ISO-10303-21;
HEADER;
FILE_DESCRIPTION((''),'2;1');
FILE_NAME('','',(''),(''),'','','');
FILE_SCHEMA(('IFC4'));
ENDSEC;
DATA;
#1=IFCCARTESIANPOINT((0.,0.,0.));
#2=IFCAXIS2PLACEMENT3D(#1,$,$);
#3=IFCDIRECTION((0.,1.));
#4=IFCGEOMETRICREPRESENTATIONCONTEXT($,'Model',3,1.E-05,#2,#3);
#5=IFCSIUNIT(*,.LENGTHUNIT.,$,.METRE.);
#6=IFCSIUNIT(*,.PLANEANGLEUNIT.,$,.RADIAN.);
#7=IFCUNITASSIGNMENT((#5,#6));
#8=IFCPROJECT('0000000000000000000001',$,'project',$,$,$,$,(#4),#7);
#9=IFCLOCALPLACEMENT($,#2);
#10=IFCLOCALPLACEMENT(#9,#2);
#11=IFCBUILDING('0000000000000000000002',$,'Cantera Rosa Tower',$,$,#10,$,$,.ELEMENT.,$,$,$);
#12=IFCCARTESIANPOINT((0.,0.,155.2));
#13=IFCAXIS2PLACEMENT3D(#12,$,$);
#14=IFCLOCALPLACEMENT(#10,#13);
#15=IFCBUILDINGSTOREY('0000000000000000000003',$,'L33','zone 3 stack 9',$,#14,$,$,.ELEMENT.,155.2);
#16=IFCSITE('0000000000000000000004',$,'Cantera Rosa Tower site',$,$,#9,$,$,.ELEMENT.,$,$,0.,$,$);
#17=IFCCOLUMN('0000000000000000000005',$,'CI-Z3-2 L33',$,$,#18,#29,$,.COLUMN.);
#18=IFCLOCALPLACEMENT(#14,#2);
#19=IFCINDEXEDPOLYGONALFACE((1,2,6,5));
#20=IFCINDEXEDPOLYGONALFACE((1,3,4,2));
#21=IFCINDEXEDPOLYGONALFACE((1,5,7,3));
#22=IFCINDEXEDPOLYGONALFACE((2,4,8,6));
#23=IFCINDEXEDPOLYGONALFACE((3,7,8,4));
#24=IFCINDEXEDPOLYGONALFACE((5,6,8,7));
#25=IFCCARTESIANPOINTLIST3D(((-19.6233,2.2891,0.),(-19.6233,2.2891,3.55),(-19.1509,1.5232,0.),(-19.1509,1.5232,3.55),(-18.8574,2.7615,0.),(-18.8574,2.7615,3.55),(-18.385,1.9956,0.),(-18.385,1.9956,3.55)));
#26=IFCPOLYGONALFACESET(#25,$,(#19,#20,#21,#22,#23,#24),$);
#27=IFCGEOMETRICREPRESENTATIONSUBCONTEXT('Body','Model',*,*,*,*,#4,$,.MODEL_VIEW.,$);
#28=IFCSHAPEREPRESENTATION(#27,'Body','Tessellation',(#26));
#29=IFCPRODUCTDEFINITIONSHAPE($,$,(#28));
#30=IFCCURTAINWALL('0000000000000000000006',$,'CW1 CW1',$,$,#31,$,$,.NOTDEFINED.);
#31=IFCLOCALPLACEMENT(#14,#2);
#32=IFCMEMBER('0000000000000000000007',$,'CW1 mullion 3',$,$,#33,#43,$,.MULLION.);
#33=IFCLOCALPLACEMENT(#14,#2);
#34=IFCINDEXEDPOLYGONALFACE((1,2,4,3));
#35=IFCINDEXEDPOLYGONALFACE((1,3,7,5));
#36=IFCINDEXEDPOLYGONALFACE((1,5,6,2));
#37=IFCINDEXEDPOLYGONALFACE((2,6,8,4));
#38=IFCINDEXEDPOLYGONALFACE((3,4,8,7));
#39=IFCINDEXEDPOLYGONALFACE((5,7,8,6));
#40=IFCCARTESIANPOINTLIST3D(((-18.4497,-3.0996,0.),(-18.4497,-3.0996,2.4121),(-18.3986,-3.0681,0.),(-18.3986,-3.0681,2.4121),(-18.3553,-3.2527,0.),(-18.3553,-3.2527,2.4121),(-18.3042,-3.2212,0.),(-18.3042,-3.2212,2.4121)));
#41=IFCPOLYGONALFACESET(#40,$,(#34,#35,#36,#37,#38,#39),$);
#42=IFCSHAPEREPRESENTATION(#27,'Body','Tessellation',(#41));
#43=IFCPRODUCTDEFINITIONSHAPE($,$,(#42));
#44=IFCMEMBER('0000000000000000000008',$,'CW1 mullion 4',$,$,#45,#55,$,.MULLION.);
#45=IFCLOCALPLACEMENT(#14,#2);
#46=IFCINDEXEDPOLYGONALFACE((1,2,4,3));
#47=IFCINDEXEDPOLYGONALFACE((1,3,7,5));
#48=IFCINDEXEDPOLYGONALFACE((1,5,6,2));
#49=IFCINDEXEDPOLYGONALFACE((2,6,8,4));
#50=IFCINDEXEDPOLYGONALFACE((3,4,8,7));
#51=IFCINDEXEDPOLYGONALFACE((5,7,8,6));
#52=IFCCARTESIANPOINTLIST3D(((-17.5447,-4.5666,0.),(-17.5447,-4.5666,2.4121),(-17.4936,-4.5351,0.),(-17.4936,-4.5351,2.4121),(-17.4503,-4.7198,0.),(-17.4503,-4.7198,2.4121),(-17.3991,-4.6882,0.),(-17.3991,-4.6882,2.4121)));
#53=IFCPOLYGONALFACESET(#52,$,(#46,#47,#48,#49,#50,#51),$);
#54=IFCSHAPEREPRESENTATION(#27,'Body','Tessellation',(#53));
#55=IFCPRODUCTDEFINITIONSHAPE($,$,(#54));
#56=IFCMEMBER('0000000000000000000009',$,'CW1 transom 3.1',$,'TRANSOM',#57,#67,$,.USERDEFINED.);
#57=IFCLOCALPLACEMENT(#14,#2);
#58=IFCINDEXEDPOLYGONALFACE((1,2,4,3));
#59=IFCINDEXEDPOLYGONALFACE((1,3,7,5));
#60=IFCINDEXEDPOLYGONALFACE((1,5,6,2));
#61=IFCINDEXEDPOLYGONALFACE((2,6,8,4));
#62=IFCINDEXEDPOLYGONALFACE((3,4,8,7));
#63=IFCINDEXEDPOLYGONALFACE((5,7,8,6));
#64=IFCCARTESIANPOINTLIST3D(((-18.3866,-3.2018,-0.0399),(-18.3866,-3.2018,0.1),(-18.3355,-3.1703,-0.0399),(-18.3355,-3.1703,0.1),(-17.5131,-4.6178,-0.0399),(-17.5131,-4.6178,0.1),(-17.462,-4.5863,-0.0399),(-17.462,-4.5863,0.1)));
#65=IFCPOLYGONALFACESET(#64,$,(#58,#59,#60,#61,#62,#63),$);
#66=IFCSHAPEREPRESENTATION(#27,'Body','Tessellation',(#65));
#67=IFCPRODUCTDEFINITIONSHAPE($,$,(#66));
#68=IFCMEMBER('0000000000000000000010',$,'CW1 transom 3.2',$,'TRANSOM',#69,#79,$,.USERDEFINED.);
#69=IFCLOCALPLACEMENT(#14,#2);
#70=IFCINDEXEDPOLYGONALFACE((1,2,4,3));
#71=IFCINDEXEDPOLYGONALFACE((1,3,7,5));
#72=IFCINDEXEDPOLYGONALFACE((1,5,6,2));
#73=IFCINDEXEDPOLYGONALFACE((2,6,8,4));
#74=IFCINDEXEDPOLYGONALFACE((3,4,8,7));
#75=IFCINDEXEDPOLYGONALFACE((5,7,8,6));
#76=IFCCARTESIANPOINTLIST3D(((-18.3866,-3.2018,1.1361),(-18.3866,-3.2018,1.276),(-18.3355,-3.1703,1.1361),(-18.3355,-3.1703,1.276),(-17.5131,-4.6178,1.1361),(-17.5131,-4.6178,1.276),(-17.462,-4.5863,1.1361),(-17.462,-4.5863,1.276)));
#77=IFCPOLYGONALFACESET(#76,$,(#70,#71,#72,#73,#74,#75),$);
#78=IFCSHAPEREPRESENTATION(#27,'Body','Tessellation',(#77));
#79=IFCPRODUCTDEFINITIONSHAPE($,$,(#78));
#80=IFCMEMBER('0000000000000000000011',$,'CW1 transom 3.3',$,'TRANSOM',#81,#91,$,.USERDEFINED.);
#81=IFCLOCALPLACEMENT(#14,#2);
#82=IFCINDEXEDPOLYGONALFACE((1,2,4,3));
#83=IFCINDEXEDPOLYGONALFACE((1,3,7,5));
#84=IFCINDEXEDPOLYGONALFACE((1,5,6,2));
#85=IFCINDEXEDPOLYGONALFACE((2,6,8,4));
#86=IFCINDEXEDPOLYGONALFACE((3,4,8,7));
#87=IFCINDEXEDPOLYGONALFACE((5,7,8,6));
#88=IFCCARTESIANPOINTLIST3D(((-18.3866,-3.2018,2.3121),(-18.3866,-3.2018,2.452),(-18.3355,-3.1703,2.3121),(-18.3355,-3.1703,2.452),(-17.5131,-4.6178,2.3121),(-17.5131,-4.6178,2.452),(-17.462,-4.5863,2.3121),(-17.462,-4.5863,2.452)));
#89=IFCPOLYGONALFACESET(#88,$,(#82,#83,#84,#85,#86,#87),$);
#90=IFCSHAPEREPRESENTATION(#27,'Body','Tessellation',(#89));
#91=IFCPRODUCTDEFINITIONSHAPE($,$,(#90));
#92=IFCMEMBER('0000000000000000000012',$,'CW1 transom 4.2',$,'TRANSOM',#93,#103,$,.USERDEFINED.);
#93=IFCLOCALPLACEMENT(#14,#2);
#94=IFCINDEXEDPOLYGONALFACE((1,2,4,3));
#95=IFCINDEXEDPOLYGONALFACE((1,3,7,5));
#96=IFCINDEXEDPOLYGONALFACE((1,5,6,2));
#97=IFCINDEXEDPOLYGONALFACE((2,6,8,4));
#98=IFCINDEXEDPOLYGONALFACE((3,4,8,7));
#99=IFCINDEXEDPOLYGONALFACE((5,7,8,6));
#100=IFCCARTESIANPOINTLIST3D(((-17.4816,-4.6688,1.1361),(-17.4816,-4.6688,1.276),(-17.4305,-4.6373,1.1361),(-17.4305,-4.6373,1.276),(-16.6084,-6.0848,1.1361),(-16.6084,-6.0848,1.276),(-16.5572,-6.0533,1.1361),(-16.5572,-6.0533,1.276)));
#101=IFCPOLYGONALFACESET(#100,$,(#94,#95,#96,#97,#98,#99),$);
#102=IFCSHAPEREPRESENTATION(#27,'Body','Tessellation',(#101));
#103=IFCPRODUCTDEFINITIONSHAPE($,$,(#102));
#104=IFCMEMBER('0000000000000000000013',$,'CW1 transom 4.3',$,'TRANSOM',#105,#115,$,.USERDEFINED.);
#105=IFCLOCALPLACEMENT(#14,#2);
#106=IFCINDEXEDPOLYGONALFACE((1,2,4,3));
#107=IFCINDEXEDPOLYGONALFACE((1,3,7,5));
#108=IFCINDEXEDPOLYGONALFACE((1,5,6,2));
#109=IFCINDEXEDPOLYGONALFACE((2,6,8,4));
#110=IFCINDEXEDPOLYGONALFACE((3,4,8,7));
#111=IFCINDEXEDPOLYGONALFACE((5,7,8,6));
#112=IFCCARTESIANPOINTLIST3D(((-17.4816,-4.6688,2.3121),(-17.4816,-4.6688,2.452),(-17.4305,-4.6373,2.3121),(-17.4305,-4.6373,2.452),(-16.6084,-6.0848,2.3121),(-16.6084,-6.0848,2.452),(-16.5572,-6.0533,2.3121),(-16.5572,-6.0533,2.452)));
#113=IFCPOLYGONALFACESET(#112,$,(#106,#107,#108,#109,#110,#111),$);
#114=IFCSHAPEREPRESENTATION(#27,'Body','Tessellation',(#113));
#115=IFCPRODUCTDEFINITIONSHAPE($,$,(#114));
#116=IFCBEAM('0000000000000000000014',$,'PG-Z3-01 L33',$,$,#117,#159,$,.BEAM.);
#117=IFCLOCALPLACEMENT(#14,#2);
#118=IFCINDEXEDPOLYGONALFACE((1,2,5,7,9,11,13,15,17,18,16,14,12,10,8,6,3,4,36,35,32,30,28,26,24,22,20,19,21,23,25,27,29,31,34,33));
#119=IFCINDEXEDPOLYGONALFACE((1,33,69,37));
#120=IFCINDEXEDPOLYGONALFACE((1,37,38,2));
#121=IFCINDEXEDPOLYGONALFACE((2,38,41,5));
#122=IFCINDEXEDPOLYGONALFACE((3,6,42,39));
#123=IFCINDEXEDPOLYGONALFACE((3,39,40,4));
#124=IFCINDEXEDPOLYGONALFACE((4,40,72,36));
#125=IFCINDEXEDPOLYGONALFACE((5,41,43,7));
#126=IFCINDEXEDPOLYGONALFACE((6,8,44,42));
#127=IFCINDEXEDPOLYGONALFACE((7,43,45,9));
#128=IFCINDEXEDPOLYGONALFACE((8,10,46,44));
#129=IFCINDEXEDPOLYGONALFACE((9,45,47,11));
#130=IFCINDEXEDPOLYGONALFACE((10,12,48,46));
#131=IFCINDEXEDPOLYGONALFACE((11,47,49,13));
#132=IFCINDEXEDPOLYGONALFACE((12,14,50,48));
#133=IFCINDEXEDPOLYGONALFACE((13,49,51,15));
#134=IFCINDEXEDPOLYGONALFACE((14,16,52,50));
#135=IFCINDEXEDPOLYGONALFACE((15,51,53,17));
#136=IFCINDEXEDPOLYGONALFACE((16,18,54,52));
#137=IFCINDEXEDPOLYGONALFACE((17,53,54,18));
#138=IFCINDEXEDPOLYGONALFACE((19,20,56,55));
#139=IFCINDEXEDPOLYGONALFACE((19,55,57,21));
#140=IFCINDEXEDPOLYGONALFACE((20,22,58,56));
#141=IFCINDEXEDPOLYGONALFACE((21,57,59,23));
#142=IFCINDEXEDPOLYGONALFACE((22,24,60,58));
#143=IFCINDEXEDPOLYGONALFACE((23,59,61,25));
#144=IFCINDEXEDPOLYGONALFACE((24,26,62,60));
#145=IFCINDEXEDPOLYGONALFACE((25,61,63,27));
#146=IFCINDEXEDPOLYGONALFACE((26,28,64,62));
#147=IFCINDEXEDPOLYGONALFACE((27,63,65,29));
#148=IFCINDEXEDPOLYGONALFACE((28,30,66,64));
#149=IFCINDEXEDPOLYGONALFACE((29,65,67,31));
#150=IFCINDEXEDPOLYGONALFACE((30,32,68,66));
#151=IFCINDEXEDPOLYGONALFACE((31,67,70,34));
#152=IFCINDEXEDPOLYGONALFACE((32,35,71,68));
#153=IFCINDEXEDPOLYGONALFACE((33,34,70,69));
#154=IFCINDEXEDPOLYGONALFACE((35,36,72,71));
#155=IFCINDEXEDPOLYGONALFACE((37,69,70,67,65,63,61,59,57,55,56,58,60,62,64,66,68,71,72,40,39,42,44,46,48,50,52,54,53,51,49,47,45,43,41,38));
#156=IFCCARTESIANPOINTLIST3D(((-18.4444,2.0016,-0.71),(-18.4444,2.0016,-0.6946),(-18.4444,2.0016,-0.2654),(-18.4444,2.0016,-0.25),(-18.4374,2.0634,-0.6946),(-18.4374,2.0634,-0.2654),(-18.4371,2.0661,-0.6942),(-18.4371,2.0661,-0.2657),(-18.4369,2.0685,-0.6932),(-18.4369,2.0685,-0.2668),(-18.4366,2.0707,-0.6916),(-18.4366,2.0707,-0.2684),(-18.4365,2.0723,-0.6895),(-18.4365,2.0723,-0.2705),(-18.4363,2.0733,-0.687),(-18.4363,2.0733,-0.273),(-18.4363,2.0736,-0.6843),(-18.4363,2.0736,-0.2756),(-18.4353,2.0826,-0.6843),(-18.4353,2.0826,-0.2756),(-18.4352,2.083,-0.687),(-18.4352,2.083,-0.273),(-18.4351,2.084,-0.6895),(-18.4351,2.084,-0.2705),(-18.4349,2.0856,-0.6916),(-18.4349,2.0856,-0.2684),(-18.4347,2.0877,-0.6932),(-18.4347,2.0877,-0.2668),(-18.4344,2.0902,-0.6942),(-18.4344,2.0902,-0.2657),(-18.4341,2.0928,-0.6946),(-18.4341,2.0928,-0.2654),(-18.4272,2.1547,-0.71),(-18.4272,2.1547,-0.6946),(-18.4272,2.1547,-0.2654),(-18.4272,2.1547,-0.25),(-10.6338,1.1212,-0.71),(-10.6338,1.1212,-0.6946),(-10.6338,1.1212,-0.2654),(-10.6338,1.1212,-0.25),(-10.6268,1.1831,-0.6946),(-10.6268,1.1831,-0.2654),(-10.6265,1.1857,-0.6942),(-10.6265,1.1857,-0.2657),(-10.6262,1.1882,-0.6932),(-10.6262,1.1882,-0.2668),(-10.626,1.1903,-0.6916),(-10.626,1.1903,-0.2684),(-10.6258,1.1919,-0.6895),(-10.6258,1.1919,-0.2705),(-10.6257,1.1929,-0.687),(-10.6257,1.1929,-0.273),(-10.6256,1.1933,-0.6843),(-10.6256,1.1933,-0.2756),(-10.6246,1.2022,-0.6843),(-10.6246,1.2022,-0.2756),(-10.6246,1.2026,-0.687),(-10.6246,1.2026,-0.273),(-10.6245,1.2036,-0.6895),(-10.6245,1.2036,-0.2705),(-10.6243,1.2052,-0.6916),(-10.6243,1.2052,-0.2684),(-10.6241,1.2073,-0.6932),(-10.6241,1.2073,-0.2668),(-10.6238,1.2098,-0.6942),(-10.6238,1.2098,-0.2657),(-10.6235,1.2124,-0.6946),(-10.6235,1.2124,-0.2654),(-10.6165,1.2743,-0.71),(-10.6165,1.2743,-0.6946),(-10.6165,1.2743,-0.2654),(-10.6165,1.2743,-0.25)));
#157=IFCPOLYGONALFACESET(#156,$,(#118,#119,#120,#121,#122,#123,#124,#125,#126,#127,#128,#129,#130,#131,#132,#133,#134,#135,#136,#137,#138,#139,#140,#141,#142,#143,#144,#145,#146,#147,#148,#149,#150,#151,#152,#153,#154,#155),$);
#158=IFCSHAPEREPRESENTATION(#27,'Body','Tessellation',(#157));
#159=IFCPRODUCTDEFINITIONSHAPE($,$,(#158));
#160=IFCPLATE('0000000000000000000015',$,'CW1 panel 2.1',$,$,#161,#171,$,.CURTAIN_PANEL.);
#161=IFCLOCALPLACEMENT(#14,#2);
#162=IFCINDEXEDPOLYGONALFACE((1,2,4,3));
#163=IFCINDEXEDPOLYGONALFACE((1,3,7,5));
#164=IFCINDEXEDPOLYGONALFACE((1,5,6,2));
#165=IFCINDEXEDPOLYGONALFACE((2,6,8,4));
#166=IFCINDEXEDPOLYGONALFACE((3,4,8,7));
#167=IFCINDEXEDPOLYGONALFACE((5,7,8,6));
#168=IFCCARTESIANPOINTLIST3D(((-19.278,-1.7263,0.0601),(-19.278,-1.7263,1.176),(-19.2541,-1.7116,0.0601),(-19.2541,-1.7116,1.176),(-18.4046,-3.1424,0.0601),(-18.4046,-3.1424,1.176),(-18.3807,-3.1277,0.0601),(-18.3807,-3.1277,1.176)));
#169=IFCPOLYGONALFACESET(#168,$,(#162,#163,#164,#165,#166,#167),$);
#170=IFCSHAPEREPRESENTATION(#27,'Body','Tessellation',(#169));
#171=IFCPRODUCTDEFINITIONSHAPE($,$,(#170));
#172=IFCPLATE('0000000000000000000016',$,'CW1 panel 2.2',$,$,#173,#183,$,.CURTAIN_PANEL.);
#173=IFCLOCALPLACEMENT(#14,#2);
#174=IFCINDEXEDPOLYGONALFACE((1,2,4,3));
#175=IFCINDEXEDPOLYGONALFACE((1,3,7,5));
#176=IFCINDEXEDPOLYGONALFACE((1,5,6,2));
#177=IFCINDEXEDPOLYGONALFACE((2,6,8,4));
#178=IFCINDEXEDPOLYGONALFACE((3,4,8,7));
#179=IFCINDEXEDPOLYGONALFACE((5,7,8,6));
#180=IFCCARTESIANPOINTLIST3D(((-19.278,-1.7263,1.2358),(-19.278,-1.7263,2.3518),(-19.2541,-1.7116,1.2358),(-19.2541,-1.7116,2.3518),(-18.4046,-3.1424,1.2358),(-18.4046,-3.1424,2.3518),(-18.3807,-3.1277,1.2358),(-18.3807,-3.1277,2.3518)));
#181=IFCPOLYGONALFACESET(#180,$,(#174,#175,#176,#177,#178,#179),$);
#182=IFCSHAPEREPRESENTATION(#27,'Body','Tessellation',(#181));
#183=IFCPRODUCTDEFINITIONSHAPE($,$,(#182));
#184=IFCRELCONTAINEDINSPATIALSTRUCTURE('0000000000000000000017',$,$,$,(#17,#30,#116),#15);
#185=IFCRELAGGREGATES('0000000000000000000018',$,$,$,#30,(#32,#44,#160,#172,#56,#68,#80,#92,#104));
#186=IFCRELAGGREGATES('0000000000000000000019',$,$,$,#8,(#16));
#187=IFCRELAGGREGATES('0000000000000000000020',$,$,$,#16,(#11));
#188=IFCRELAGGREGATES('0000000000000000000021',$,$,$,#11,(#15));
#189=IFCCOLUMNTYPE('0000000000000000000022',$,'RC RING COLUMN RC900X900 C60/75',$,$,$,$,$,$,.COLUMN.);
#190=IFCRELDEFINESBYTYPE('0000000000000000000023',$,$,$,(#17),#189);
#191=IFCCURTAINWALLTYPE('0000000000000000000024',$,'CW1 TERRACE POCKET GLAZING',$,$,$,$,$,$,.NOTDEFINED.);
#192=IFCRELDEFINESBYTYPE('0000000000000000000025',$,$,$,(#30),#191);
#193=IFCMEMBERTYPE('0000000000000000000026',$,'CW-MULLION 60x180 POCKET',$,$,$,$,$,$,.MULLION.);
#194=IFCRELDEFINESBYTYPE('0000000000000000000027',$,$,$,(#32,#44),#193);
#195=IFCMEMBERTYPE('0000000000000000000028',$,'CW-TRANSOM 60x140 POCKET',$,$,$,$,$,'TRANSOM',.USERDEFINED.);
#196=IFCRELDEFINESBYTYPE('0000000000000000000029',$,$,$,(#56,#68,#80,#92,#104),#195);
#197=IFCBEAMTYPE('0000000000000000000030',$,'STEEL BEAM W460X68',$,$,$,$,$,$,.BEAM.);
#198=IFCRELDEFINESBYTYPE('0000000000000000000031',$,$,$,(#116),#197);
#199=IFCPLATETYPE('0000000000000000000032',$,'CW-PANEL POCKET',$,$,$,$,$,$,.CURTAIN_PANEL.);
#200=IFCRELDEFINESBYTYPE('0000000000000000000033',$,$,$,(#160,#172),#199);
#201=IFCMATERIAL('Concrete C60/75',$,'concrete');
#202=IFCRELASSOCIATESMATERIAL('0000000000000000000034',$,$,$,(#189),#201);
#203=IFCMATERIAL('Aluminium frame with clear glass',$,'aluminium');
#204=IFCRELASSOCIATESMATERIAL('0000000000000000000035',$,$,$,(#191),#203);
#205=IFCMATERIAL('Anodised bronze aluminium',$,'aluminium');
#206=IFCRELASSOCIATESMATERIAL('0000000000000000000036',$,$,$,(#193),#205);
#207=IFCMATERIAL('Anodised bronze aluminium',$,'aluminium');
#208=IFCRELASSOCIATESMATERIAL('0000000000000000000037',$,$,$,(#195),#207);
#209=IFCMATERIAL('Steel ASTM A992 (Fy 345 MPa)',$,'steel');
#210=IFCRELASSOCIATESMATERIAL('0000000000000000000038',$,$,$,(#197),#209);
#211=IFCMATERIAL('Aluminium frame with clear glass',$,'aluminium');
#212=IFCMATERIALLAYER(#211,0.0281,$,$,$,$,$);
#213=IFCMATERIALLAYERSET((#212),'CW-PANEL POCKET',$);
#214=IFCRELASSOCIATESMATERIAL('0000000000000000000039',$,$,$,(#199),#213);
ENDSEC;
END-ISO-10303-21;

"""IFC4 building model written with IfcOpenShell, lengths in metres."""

from ifc_helpers import new_model, si_unit, direction, frame, origin, origin_2d, place, context, subcontext, project, spatial, rectangle, i_section, extrude, material, layer, layer_set, material_profile, profile_set, type_object, element, aggregate, save


model = new_model("IFC4")

# Units and contexts
model_context = context("Model", 3, precision=1e-05, world=origin(), true_north=direction((0.0, 1.0)))
body_context = subcontext(model_context, "Body", "Model", "MODEL_VIEW")
ifc_project = project(units=[si_unit("LENGTHUNIT", "METRE"), si_unit("PLANEANGLEUNIT", "RADIAN")], contexts=[model_context])

# Site, building, storey
site_placement = place(None, origin())
site = spatial("IfcSite", under=ifc_project, at=site_placement, Name="Cantera Rosa Tower site", CompositionType="ELEMENT", RefElevation=0.0)
building_placement = place(site_placement, origin())
building = spatial("IfcBuilding", under=site, at=building_placement, Name="Cantera Rosa Tower", CompositionType="ELEMENT")
storey_placement = place(building_placement, frame((0.0, 0.0, 155.2)))
storey = spatial("IfcBuildingStorey", under=building, at=storey_placement, Name="L33", Description="zone 3 stack 9", CompositionType="ELEMENT", Elevation=155.2)

# Column
ifc_material_1 = material(Name="Concrete C60/75", Category="concrete")
ifc_material_profile_1 = material_profile(ifc_material_1, rectangle(XDim=0.8999, YDim=0.8999, at=origin_2d()), Name="RC RING COLUMN RC900X900 C60/75")
ifc_profile_set_1 = profile_set([ifc_material_profile_1], Name="Concrete C60/75")
column_type = type_object("IfcColumnType", Name="RC RING COLUMN RC900X900 C60/75", PredefinedType="COLUMN", material=ifc_profile_set_1)
column_placement = place(storey_placement, frame((-19.0042, 2.1423, 0.0), z_axis=(0.0, 0.0, 1.0), x_axis=(0.851117, 0.524977, 0.0)))
element("IfcColumn", 1, at=column_placement, inside=storey, type_object=column_type, Name="CI-Z3-2 L33", PredefinedType="COLUMN", context=body_context, shape_type="SweptSolid", body=[
    extrude(rectangle(XDim=0.8999, YDim=0.8999, at=origin_2d()), origin(), (0.0, 0.0, 1.0), 3.55),
])

# Curtain wall, members
ifc_material_2 = material(Name="Aluminium frame with clear glass", Category="aluminium")
curtain_wall_type = type_object("IfcCurtainWallType", Name="CW1 TERRACE POCKET GLAZING", PredefinedType="NOTDEFINED", material=ifc_material_2)
curtain_wall_placement = place(storey_placement, origin())
curtain_wall = element("IfcCurtainWall", 2, at=curtain_wall_placement, inside=storey, type_object=curtain_wall_type, Name="CW1 CW1", PredefinedType="NOTDEFINED")
ifc_material_3 = material(Name="Anodised bronze aluminium", Category="aluminium")
ifc_material_profile_2 = material_profile(ifc_material_3, rectangle(XDim=0.0601, YDim=0.1799, at=origin_2d()), Name="CW-MULLION 60x180 POCKET")
ifc_profile_set_2 = profile_set([ifc_material_profile_2], Name="Anodised bronze aluminium")
member_type_1 = type_object("IfcMemberType", Name="CW-MULLION 60x180 POCKET", PredefinedType="MULLION", material=ifc_profile_set_2)
member_1_placement = place(storey_placement, frame((-18.377, -3.1604, 0.0), z_axis=(0.0, 0.0, 1.0), x_axis=(0.851117, 0.524977, 0.0)))
member_1 = element("IfcMember", 3, at=member_1_placement, type_object=member_type_1, Name="CW1 mullion 3", PredefinedType="MULLION", context=body_context, shape_type="SweptSolid", body=[
    extrude(rectangle(XDim=0.0601, YDim=0.1799, at=origin_2d()), origin(), (0.0, 0.0, 1.0), 2.4121),
])
member_2_placement = place(storey_placement, frame((-17.4719, -4.6274, 0.0), z_axis=(0.0, 0.0, 1.0), x_axis=(0.851117, 0.524977, 0.0)))
member_2 = element("IfcMember", 4, at=member_2_placement, type_object=member_type_1, Name="CW1 mullion 4", PredefinedType="MULLION", context=body_context, shape_type="SweptSolid", body=[
    extrude(rectangle(XDim=0.0601, YDim=0.1799, at=origin_2d()), origin(), (0.0, 0.0, 1.0), 2.4121),
])
ifc_material_4 = material(Name="Anodised bronze aluminium", Category="aluminium")
ifc_material_profile_3 = material_profile(ifc_material_4, rectangle(XDim=0.0601, YDim=0.1399, at=origin_2d()), Name="CW-TRANSOM 60x140 POCKET")
ifc_profile_set_3 = profile_set([ifc_material_profile_3], Name="Anodised bronze aluminium")
member_type_2 = type_object("IfcMemberType", Name="CW-TRANSOM 60x140 POCKET", ElementType="TRANSOM", PredefinedType="USERDEFINED", material=ifc_profile_set_3)
member_3_placement = place(storey_placement, frame((-18.3611, -3.186, 0.03), z_axis=(0.52503, -0.851083, 0.0), x_axis=(0.851083, 0.52503, 0.0)))
member_3 = element("IfcMember", 5, at=member_3_placement, type_object=member_type_2, Name="CW1 transom 3.1", ObjectType="TRANSOM", PredefinedType="USERDEFINED", context=body_context, shape_type="SweptSolid", body=[
    extrude(rectangle(XDim=0.0601, YDim=0.1399, at=origin_2d()), origin(), (0.0, 0.0, 1.0), 1.6638),
])
member_4_placement = place(storey_placement, frame((-18.3611, -3.186, 1.2061), z_axis=(0.52503, -0.851083, 0.0), x_axis=(0.851083, 0.52503, 0.0)))
member_4 = element("IfcMember", 6, at=member_4_placement, type_object=member_type_2, Name="CW1 transom 3.2", ObjectType="TRANSOM", PredefinedType="USERDEFINED", context=body_context, shape_type="SweptSolid", body=[
    extrude(rectangle(XDim=0.0601, YDim=0.1399, at=origin_2d()), origin(), (0.0, 0.0, 1.0), 1.6638),
])
member_5_placement = place(storey_placement, frame((-18.3611, -3.186, 2.3821), z_axis=(0.52503, -0.851083, 0.0), x_axis=(0.851083, 0.52503, 0.0)))
member_5 = element("IfcMember", 7, at=member_5_placement, type_object=member_type_2, Name="CW1 transom 3.3", ObjectType="TRANSOM", PredefinedType="USERDEFINED", context=body_context, shape_type="SweptSolid", body=[
    extrude(rectangle(XDim=0.0601, YDim=0.1399, at=origin_2d()), origin(), (0.0, 0.0, 1.0), 1.6638),
])
member_6_placement = place(storey_placement, frame((-17.4561, -4.6531, 1.2061), z_axis=(0.524924, -0.851149, 0.0), x_axis=(0.851149, 0.524924, 0.0)))
member_6 = element("IfcMember", 8, at=member_6_placement, type_object=member_type_2, Name="CW1 transom 4.2", ObjectType="TRANSOM", PredefinedType="USERDEFINED", context=body_context, shape_type="SweptSolid", body=[
    extrude(rectangle(XDim=0.0601, YDim=0.1399, at=origin_2d()), origin(), (0.0, 0.0, 1.0), 1.6636),
])
member_7_placement = place(storey_placement, frame((-17.4561, -4.6531, 2.3821), z_axis=(0.524924, -0.851149, 0.0), x_axis=(0.851149, 0.524924, 0.0)))
member_7 = element("IfcMember", 9, at=member_7_placement, type_object=member_type_2, Name="CW1 transom 4.3", ObjectType="TRANSOM", PredefinedType="USERDEFINED", context=body_context, shape_type="SweptSolid", body=[
    extrude(rectangle(XDim=0.0601, YDim=0.1399, at=origin_2d()), origin(), (0.0, 0.0, 1.0), 1.6636),
])

# Beam
ifc_material_5 = material(Name="Steel ASTM A992 (Fy 345 MPa)", Category="steel")
ifc_material_profile_4 = material_profile(ifc_material_5, i_section(OverallWidth=0.1541, OverallDepth=0.46, WebThickness=0.009, FlangeThickness=0.0154, FilletRadius=0.0103, at=origin_2d()), Name="W460X68")
ifc_profile_set_4 = profile_set([ifc_material_profile_4], Name="Steel ASTM A992 (Fy 345 MPa)")
beam_type = type_object("IfcBeamType", Name="STEEL BEAM W460X68", PredefinedType="BEAM", material=ifc_profile_set_4)
beam_placement = place(storey_placement, frame((-18.4358, 2.0781, -0.48), z_axis=(0.993707, -0.112006, 0.0), x_axis=(0.112006, 0.993707, 0.0)))
element("IfcBeam", 10, at=beam_placement, inside=storey, type_object=beam_type, Name="PG-Z3-01 L33", PredefinedType="BEAM", context=body_context, shape_type="SweptSolid", body=[
    extrude(i_section(OverallWidth=0.1541, OverallDepth=0.46, WebThickness=0.009, FlangeThickness=0.0154, FilletRadius=0.0103, at=origin_2d()), origin(), (0.0, 0.0, 1.0), 7.8601),
])

# Plates
ifc_material_6 = material(Name="Aluminium frame with clear glass", Category="aluminium")
ifc_layer_1 = layer(ifc_material_6, 0.0281)
ifc_layer_set_1 = layer_set([ifc_layer_1], Name="CW-PANEL POCKET")
plate_type = type_object("IfcPlateType", Name="CW-PANEL POCKET", PredefinedType="CURTAIN_PANEL", material=ifc_layer_set_1)
plate_1_placement = place(storey_placement, frame((-18.8293, -2.427, 0.0601), z_axis=(0.0, 0.0, 1.0), x_axis=(0.524977, -0.851117, 0.0)))
plate_1 = element("IfcPlate", 11, at=plate_1_placement, type_object=plate_type, Name="CW1 panel 2.1", PredefinedType="CURTAIN_PANEL", context=body_context, shape_type="SweptSolid", body=[
    extrude(rectangle(XDim=1.6638, YDim=0.0281, at=origin_2d()), origin(), (0.0, 0.0, 1.0), 1.116),
])
plate_2_placement = place(storey_placement, frame((-18.8293, -2.427, 1.2358), z_axis=(0.0, 0.0, 1.0), x_axis=(0.524977, -0.851117, 0.0)))
plate_2 = element("IfcPlate", 12, at=plate_2_placement, type_object=plate_type, Name="CW1 panel 2.2", PredefinedType="CURTAIN_PANEL", context=body_context, shape_type="SweptSolid", body=[
    extrude(rectangle(XDim=1.6638, YDim=0.0281, at=origin_2d()), origin(), (0.0, 0.0, 1.0), 1.116),
])
aggregate(curtain_wall, [member_1, member_2, plate_1, plate_2, member_3, member_4, member_5, member_6, member_7])

save(model, "model.ifc")
